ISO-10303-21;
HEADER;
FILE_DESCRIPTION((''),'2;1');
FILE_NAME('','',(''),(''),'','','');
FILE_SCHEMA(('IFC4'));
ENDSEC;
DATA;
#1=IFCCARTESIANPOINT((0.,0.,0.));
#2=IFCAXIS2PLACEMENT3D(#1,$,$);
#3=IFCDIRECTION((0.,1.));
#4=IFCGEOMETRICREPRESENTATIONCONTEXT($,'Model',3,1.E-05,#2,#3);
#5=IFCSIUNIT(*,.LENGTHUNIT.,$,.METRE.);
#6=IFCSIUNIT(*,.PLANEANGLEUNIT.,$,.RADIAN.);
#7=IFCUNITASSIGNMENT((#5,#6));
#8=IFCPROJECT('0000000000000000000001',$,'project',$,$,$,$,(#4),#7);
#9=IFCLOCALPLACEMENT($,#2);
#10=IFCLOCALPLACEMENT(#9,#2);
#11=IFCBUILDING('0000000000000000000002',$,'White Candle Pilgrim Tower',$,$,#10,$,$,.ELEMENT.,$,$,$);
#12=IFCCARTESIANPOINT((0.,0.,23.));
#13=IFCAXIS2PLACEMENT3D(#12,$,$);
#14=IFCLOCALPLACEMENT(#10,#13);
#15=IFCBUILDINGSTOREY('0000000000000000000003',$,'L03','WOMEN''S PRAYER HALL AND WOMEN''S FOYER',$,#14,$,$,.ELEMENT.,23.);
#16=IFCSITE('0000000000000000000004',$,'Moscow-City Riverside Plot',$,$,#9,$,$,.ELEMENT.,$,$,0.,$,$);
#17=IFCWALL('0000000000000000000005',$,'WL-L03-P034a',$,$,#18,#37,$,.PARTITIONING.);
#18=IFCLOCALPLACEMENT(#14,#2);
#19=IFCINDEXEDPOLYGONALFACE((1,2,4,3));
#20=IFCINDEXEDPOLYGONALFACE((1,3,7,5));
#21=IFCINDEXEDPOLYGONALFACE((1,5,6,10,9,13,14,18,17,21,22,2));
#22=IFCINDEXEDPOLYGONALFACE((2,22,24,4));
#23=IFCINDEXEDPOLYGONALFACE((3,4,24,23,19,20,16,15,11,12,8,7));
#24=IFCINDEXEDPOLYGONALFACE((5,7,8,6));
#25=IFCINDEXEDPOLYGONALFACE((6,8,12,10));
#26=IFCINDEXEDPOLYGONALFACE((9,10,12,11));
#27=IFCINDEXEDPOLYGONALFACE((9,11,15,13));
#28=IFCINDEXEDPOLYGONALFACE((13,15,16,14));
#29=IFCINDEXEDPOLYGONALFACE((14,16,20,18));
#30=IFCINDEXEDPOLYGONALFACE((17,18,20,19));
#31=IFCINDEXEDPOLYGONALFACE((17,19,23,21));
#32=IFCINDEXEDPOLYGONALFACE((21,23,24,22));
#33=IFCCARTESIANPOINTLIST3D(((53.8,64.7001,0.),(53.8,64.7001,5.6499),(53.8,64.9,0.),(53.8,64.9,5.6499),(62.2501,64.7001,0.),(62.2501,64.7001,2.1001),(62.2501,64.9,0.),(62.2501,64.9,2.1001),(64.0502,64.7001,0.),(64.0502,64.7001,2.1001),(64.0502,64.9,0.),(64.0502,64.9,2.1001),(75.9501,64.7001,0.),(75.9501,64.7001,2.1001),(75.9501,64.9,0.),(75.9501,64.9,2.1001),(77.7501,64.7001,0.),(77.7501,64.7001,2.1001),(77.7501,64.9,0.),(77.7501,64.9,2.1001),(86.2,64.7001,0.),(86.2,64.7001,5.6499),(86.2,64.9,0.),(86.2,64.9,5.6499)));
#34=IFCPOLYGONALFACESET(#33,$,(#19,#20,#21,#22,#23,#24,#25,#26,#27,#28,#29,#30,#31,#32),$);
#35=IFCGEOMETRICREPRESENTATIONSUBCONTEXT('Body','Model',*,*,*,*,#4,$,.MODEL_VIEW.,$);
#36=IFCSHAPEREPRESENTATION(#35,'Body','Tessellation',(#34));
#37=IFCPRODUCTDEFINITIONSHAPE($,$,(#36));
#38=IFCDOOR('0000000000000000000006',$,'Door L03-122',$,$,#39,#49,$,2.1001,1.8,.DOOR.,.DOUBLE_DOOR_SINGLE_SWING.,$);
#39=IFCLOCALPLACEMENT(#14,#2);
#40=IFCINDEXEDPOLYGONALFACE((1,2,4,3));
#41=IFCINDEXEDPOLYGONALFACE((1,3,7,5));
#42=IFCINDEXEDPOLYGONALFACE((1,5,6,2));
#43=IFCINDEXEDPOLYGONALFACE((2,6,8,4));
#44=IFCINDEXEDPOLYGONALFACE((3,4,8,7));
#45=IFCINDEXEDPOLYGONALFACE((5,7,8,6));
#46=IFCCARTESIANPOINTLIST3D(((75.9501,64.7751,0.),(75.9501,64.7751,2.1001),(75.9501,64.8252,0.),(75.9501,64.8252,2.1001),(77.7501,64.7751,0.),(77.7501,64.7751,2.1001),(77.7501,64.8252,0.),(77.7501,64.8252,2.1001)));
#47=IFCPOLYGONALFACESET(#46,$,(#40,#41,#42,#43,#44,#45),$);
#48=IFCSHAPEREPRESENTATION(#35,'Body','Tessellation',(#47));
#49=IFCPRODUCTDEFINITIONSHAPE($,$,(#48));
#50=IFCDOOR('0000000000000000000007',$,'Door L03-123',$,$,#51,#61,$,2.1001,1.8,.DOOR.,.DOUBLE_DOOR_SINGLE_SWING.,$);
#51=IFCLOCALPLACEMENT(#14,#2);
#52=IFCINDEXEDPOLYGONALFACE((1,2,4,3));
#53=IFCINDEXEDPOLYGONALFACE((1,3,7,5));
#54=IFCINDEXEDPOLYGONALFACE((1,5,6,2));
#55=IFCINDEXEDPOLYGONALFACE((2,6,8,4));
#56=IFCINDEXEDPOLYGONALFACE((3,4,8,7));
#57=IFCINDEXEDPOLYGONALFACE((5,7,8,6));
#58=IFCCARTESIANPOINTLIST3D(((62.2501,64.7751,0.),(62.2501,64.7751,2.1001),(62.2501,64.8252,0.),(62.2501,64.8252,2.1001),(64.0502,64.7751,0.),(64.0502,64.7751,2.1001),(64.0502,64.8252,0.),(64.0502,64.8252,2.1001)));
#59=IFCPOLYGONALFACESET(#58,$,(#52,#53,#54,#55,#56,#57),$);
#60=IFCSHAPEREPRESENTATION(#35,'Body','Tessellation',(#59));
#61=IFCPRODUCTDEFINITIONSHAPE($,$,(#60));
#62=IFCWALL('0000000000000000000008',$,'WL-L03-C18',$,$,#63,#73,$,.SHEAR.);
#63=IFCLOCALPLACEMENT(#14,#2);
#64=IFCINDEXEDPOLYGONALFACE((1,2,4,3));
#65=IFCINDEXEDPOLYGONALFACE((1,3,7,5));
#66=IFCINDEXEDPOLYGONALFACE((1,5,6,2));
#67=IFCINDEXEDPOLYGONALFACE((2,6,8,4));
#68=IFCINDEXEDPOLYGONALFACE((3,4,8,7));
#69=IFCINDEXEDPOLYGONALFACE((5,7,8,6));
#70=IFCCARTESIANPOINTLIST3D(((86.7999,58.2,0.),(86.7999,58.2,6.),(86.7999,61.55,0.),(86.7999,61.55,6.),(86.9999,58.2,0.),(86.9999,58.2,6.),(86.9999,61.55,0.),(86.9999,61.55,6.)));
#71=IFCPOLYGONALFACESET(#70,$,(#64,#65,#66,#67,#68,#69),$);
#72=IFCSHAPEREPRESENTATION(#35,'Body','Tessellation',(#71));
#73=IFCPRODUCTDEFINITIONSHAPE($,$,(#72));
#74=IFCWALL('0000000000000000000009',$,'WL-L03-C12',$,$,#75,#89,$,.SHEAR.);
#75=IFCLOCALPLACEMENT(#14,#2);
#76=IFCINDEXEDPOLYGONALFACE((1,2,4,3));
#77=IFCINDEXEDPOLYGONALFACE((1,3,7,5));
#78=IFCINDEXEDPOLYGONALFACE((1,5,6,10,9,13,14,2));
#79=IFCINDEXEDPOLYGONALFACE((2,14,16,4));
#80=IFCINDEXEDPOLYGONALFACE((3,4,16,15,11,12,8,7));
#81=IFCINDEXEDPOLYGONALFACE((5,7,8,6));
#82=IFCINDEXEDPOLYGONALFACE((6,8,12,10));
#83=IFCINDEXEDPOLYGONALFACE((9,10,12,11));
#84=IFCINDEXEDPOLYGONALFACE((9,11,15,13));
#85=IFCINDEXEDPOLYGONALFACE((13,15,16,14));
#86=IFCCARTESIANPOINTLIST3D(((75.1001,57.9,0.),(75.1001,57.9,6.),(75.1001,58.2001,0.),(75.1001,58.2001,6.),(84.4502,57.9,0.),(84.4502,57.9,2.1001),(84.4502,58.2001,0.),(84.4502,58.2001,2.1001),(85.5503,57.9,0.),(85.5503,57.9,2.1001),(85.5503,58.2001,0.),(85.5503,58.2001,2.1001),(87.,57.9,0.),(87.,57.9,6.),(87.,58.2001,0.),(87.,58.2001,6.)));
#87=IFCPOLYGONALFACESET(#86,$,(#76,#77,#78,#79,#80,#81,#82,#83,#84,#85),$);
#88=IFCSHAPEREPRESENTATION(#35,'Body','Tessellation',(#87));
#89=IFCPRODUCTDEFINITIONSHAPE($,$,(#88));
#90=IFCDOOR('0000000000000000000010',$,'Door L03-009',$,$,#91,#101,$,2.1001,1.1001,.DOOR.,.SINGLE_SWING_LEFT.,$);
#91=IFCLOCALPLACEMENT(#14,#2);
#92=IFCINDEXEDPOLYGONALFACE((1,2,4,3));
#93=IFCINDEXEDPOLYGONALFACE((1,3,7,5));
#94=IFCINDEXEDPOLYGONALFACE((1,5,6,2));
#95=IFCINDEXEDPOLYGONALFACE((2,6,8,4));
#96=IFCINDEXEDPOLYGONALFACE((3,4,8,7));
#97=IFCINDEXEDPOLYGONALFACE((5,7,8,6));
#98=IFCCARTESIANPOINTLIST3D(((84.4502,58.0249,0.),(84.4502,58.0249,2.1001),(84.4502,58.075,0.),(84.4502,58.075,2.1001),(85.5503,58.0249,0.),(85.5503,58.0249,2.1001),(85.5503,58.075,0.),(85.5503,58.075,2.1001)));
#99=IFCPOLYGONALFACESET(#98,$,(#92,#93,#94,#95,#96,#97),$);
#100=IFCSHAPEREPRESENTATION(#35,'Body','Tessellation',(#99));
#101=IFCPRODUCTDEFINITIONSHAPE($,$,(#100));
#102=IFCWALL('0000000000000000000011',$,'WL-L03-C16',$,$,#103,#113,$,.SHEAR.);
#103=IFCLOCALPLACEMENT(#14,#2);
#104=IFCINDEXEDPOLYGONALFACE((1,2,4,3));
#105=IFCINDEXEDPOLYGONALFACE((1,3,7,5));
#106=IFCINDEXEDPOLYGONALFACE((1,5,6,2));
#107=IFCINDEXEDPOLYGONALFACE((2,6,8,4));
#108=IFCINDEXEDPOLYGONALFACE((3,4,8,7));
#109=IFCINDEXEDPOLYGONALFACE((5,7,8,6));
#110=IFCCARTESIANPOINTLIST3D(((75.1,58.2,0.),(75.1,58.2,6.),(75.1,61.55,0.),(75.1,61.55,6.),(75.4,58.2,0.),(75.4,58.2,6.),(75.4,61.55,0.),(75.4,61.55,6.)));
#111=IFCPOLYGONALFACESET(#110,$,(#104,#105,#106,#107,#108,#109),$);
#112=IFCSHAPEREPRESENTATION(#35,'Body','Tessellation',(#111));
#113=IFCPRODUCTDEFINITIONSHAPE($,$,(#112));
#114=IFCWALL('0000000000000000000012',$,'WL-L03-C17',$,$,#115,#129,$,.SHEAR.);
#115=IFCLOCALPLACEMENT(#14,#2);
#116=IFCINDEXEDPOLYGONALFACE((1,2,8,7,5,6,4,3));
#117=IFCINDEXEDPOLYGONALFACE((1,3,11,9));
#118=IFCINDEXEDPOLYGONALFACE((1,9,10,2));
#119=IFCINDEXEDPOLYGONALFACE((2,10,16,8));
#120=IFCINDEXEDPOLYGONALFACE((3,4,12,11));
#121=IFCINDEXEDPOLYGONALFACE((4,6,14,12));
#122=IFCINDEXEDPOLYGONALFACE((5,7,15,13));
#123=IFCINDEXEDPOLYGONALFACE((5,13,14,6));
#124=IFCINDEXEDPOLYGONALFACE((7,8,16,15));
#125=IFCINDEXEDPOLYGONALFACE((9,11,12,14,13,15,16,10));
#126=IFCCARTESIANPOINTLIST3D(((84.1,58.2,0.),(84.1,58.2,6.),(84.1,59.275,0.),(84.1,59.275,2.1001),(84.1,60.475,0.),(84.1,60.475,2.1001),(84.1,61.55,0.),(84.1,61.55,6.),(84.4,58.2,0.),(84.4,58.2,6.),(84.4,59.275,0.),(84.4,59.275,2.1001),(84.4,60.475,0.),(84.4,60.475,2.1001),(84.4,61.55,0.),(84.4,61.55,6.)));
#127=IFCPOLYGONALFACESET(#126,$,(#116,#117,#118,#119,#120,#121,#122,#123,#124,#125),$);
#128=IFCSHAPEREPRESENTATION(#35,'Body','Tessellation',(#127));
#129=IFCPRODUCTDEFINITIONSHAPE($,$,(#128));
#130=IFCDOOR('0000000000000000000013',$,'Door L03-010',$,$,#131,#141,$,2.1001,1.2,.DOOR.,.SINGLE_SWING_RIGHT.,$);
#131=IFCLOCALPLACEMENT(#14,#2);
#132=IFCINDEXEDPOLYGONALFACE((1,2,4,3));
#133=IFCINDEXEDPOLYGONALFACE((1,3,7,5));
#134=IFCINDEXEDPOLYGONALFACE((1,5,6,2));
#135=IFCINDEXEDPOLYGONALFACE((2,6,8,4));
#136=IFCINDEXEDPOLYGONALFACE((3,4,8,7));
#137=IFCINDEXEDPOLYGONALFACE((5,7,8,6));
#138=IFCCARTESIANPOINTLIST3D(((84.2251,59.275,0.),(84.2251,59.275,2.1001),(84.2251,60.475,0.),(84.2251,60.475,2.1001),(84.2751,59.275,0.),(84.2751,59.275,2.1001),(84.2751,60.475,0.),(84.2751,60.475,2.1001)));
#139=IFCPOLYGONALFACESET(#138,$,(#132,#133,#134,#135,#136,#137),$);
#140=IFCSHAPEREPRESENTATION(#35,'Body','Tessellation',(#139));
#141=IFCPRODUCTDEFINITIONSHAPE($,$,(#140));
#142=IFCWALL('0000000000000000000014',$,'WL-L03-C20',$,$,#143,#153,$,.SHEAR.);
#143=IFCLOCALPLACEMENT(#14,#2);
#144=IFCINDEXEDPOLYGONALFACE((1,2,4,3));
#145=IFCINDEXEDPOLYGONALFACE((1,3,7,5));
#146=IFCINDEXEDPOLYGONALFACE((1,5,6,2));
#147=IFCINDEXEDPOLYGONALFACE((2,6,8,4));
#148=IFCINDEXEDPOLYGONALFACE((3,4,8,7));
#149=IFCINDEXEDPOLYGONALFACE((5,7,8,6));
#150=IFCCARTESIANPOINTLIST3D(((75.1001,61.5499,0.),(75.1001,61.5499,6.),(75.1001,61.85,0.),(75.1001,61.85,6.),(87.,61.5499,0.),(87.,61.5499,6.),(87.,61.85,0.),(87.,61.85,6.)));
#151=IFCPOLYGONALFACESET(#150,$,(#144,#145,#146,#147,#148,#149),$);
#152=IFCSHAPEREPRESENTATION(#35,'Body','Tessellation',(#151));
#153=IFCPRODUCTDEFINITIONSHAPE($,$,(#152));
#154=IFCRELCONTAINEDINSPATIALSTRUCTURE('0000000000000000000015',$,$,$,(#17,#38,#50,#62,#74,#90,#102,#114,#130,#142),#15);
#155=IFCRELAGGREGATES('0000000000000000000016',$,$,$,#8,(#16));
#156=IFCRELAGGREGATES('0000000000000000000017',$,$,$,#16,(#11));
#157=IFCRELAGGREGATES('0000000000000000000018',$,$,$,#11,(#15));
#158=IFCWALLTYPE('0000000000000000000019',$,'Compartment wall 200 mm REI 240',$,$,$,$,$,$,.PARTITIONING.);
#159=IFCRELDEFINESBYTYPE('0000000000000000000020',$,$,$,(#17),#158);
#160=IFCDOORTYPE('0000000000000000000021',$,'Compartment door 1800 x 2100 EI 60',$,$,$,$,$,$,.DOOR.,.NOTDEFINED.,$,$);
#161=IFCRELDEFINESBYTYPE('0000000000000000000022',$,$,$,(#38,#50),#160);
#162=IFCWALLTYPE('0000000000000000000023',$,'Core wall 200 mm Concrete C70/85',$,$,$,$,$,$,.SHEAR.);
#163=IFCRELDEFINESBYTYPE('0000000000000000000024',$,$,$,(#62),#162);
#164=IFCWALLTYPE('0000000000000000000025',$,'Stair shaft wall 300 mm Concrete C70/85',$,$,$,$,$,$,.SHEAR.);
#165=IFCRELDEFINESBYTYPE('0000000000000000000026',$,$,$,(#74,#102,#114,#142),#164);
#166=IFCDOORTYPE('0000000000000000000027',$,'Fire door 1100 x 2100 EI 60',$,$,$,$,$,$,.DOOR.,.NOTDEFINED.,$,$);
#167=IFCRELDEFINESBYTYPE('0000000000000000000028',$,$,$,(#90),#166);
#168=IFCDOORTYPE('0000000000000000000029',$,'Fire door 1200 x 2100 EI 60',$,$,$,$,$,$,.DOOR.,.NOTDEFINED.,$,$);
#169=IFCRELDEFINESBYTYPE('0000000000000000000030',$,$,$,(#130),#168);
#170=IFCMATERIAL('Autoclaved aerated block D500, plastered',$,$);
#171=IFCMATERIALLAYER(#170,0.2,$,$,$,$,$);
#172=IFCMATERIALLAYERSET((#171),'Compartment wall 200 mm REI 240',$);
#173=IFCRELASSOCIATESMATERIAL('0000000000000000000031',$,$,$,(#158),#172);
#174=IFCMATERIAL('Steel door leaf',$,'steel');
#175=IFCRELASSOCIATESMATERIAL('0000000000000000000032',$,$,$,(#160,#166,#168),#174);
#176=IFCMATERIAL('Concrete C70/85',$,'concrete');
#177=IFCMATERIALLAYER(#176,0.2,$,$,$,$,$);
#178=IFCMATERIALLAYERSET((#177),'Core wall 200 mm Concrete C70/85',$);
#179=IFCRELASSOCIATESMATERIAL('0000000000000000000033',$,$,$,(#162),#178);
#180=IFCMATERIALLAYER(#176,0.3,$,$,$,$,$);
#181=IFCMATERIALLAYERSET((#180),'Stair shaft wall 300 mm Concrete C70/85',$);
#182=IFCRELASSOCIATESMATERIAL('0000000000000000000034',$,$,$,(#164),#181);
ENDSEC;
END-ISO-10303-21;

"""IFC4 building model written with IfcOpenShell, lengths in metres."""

from ifc_helpers import new_model, si_unit, direction, frame, frame_2d, origin, place, context, subcontext, project, spatial, rectangle, extrude, material, layer, layer_set, type_object, element, fill, save


model = new_model("IFC4")

# Units and contexts
model_context = context("Model", 3, precision=1e-05, world=origin(), true_north=direction((0.0, 1.0)))
body_context = subcontext(model_context, "Body", "Model", "MODEL_VIEW")
ifc_project = project(units=[si_unit("LENGTHUNIT", "METRE"), si_unit("PLANEANGLEUNIT", "RADIAN")], contexts=[model_context])

# Site, building, storey
site_placement = place(None, origin())
site = spatial("IfcSite", under=ifc_project, at=site_placement, Name="Moscow-City Riverside Plot", CompositionType="ELEMENT", RefElevation=0.0)
building_placement = place(site_placement, origin())
building = spatial("IfcBuilding", under=site, at=building_placement, Name="White Candle Pilgrim Tower", CompositionType="ELEMENT")
storey_placement = place(building_placement, frame((0.0, 0.0, 23.0)))
storey = spatial("IfcBuildingStorey", under=building, at=storey_placement, Name="L03", Description="WOMEN'S PRAYER HALL AND WOMEN'S FOYER", CompositionType="ELEMENT", Elevation=23.0)

# Shared definitions
ifc_material_1 = material(Name="Autoclaved aerated block D500, plastered")
ifc_layer_1 = layer(ifc_material_1, 0.2)
ifc_layer_set_1 = layer_set([ifc_layer_1], Name="Compartment wall 200 mm REI 240")
wall_type_1 = type_object("IfcWallType", Name="Compartment wall 200 mm REI 240", PredefinedType="PARTITIONING", material=ifc_layer_set_1)

# Wall, openings, doors
wall_1_placement = place(storey_placement, frame((86.2, 64.8, 0.0), z_axis=(0.0, 0.0, 1.0), x_axis=(-1.0, 0.0, 0.0)))
wall_1 = element("IfcWall", 1, at=wall_1_placement, inside=storey, type_object=wall_type_1, Name="WL-L03-P034a", PredefinedType="PARTITIONING", context=body_context, shape_type="SweptSolid", body=[
    extrude(rectangle(XDim=32.3999, YDim=0.2, at=frame_2d((16.2, 0.0))), origin(), (0.0, 0.0, 1.0), 5.6499),
])
opening_1_placement = place(wall_1_placement, frame((8.45, 0.0, 0.0)))
opening_1 = element("IfcOpeningElement", 2, at=opening_1_placement, cuts=wall_1, PredefinedType="OPENING", context=body_context, shape_type="SweptSolid", body=[
    extrude(rectangle(XDim=1.8, YDim=2.1001, at=frame_2d((0.8999, 1.05))), frame((0.0, 0.1099, 0.0), z_axis=(0.0, -1.0, 0.0), x_axis=(1.0, 0.0, 0.0)), (0.0, 0.0, 1.0), 0.22),
])
opening_2_placement = place(wall_1_placement, frame((22.1499, 0.0, 0.0)))
opening_2 = element("IfcOpeningElement", 3, at=opening_2_placement, cuts=wall_1, PredefinedType="OPENING", context=body_context, shape_type="SweptSolid", body=[
    extrude(rectangle(XDim=1.8, YDim=2.1001, at=frame_2d((0.8999, 1.05))), frame((0.0, 0.1099, 0.0), z_axis=(0.0, -1.0, 0.0), x_axis=(1.0, 0.0, 0.0)), (0.0, 0.0, 1.0), 0.22),
])
ifc_material_2 = material(Name="Steel door leaf", Category="steel")
door_type_1 = type_object("IfcDoorType", Name="Compartment door 1800 x 2100 EI 60", OperationType="NOTDEFINED", PredefinedType="DOOR", material=ifc_material_2)
door_1_placement = place(opening_1_placement, origin())
door_1 = element("IfcDoor", 4, at=door_1_placement, inside=storey, type_object=door_type_1, Name="Door L03-122", OperationType="DOUBLE_DOOR_SINGLE_SWING", OverallHeight=2.1001, OverallWidth=1.8, PredefinedType="DOOR", context=body_context, shape_type="SweptSolid", body=[
    extrude(rectangle(XDim=1.8, YDim=2.1001, at=frame_2d((0.8999, 1.05))), frame((0.0, 0.0249, 0.0), z_axis=(0.0, -1.0, 0.0), x_axis=(1.0, 0.0, 0.0)), (0.0, 0.0, 1.0), 0.05),
])
fill(opening_1, door_1)
door_2_placement = place(opening_2_placement, origin())
door_2 = element("IfcDoor", 5, at=door_2_placement, inside=storey, type_object=door_type_1, Name="Door L03-123", OperationType="DOUBLE_DOOR_SINGLE_SWING", OverallHeight=2.1001, OverallWidth=1.8, PredefinedType="DOOR", context=body_context, shape_type="SweptSolid", body=[
    extrude(rectangle(XDim=1.8, YDim=2.1001, at=frame_2d((0.8999, 1.05))), frame((0.0, 0.0249, 0.0), z_axis=(0.0, -1.0, 0.0), x_axis=(1.0, 0.0, 0.0)), (0.0, 0.0, 1.0), 0.05),
])
fill(opening_2, door_2)

# Wall
ifc_material_3 = material(Name="Concrete C70/85", Category="concrete")
ifc_layer_2 = layer(ifc_material_3, 0.2)
ifc_layer_set_2 = layer_set([ifc_layer_2], Name="Core wall 200 mm Concrete C70/85")
wall_type_2 = type_object("IfcWallType", Name="Core wall 200 mm Concrete C70/85", PredefinedType="SHEAR", material=ifc_layer_set_2)
wall_2_placement = place(storey_placement, frame((86.8999, 58.2, 0.0), z_axis=(0.0, 0.0, 1.0), x_axis=(0.0, 1.0, 0.0)))
element("IfcWall", 6, at=wall_2_placement, inside=storey, type_object=wall_type_2, Name="WL-L03-C18", PredefinedType="SHEAR", context=body_context, shape_type="SweptSolid", body=[
    extrude(rectangle(XDim=3.3501, YDim=0.2, at=frame_2d((1.675, 0.0))), origin(), (0.0, 0.0, 1.0), 6.0),
])

# Wall, opening, door
ifc_layer_3 = layer(ifc_material_3, 0.3)
ifc_layer_set_3 = layer_set([ifc_layer_3], Name="Stair shaft wall 300 mm Concrete C70/85")
wall_type_3 = type_object("IfcWallType", Name="Stair shaft wall 300 mm Concrete C70/85", PredefinedType="SHEAR", material=ifc_layer_set_3)
wall_3_placement = place(storey_placement, frame((75.1001, 58.05, 0.0), z_axis=(0.0, 0.0, 1.0), x_axis=(1.0, 0.0, 0.0)))
wall_3 = element("IfcWall", 7, at=wall_3_placement, inside=storey, type_object=wall_type_3, Name="WL-L03-C12", PredefinedType="SHEAR", context=body_context, shape_type="SweptSolid", body=[
    extrude(rectangle(XDim=11.8999, YDim=0.3, at=frame_2d((5.95, 0.0))), origin(), (0.0, 0.0, 1.0), 6.0),
])
opening_3_placement = place(wall_3_placement, frame((9.3501, 0.0, 0.0)))
opening_3 = element("IfcOpeningElement", 8, at=opening_3_placement, cuts=wall_3, PredefinedType="OPENING", context=body_context, shape_type="SweptSolid", body=[
    extrude(rectangle(XDim=1.1001, YDim=2.1001, at=frame_2d((0.55, 1.05))), frame((0.0, 0.1599, 0.0), z_axis=(0.0, -1.0, 0.0), x_axis=(1.0, 0.0, 0.0)), (0.0, 0.0, 1.0), 0.3201),
])
door_type_2 = type_object("IfcDoorType", Name="Fire door 1100 x 2100 EI 60", OperationType="NOTDEFINED", PredefinedType="DOOR", material=ifc_material_2)
door_3_placement = place(opening_3_placement, origin())
door_3 = element("IfcDoor", 9, at=door_3_placement, inside=storey, type_object=door_type_2, Name="Door L03-009", OperationType="SINGLE_SWING_LEFT", OverallHeight=2.1001, OverallWidth=1.1001, PredefinedType="DOOR", context=body_context, shape_type="SweptSolid", body=[
    extrude(rectangle(XDim=1.1001, YDim=2.1001, at=frame_2d((0.55, 1.05))), frame((0.0, 0.0249, 0.0), z_axis=(0.0, -1.0, 0.0), x_axis=(1.0, 0.0, 0.0)), (0.0, 0.0, 1.0), 0.05),
])
fill(opening_3, door_3)

# Wall
wall_4_placement = place(storey_placement, frame((75.25, 58.2, 0.0), z_axis=(0.0, 0.0, 1.0), x_axis=(0.0, 1.0, 0.0)))
element("IfcWall", 10, at=wall_4_placement, inside=storey, type_object=wall_type_3, Name="WL-L03-C16", PredefinedType="SHEAR", context=body_context, shape_type="SweptSolid", body=[
    extrude(rectangle(XDim=3.3501, YDim=0.3, at=frame_2d((1.675, 0.0))), origin(), (0.0, 0.0, 1.0), 6.0),
])

# Wall, opening, door
wall_5_placement = place(storey_placement, frame((84.25, 58.2, 0.0), z_axis=(0.0, 0.0, 1.0), x_axis=(0.0, 1.0, 0.0)))
wall_5 = element("IfcWall", 11, at=wall_5_placement, inside=storey, type_object=wall_type_3, Name="WL-L03-C17", PredefinedType="SHEAR", context=body_context, shape_type="SweptSolid", body=[
    extrude(rectangle(XDim=3.3501, YDim=0.3, at=frame_2d((1.675, 0.0))), origin(), (0.0, 0.0, 1.0), 6.0),
])
opening_4_placement = place(wall_5_placement, frame((1.075, 0.0, 0.0)))
opening_4 = element("IfcOpeningElement", 12, at=opening_4_placement, cuts=wall_5, PredefinedType="OPENING", context=body_context, shape_type="SweptSolid", body=[
    extrude(rectangle(XDim=1.2, YDim=2.1001, at=frame_2d((0.6001, 1.05))), frame((0.0, 0.1599, 0.0), z_axis=(0.0, -1.0, 0.0), x_axis=(1.0, 0.0, 0.0)), (0.0, 0.0, 1.0), 0.3201),
])
door_type_3 = type_object("IfcDoorType", Name="Fire door 1200 x 2100 EI 60", OperationType="NOTDEFINED", PredefinedType="DOOR", material=ifc_material_2)
door_4_placement = place(opening_4_placement, origin())
door_4 = element("IfcDoor", 13, at=door_4_placement, inside=storey, type_object=door_type_3, Name="Door L03-010", OperationType="SINGLE_SWING_RIGHT", OverallHeight=2.1001, OverallWidth=1.2, PredefinedType="DOOR", context=body_context, shape_type="SweptSolid", body=[
    extrude(rectangle(XDim=1.2, YDim=2.1001, at=frame_2d((0.6001, 1.05))), frame((0.0, 0.0249, 0.0), z_axis=(0.0, -1.0, 0.0), x_axis=(1.0, 0.0, 0.0)), (0.0, 0.0, 1.0), 0.05),
])
fill(opening_4, door_4)

# Wall
wall_6_placement = place(storey_placement, frame((75.1001, 61.7, 0.0), z_axis=(0.0, 0.0, 1.0), x_axis=(1.0, 0.0, 0.0)))
element("IfcWall", 14, at=wall_6_placement, inside=storey, type_object=wall_type_3, Name="WL-L03-C20", PredefinedType="SHEAR", context=body_context, shape_type="SweptSolid", body=[
    extrude(rectangle(XDim=11.8999, YDim=0.3, at=frame_2d((5.95, 0.0))), origin(), (0.0, 0.0, 1.0), 6.0),
])

save(model, "model.ifc")
